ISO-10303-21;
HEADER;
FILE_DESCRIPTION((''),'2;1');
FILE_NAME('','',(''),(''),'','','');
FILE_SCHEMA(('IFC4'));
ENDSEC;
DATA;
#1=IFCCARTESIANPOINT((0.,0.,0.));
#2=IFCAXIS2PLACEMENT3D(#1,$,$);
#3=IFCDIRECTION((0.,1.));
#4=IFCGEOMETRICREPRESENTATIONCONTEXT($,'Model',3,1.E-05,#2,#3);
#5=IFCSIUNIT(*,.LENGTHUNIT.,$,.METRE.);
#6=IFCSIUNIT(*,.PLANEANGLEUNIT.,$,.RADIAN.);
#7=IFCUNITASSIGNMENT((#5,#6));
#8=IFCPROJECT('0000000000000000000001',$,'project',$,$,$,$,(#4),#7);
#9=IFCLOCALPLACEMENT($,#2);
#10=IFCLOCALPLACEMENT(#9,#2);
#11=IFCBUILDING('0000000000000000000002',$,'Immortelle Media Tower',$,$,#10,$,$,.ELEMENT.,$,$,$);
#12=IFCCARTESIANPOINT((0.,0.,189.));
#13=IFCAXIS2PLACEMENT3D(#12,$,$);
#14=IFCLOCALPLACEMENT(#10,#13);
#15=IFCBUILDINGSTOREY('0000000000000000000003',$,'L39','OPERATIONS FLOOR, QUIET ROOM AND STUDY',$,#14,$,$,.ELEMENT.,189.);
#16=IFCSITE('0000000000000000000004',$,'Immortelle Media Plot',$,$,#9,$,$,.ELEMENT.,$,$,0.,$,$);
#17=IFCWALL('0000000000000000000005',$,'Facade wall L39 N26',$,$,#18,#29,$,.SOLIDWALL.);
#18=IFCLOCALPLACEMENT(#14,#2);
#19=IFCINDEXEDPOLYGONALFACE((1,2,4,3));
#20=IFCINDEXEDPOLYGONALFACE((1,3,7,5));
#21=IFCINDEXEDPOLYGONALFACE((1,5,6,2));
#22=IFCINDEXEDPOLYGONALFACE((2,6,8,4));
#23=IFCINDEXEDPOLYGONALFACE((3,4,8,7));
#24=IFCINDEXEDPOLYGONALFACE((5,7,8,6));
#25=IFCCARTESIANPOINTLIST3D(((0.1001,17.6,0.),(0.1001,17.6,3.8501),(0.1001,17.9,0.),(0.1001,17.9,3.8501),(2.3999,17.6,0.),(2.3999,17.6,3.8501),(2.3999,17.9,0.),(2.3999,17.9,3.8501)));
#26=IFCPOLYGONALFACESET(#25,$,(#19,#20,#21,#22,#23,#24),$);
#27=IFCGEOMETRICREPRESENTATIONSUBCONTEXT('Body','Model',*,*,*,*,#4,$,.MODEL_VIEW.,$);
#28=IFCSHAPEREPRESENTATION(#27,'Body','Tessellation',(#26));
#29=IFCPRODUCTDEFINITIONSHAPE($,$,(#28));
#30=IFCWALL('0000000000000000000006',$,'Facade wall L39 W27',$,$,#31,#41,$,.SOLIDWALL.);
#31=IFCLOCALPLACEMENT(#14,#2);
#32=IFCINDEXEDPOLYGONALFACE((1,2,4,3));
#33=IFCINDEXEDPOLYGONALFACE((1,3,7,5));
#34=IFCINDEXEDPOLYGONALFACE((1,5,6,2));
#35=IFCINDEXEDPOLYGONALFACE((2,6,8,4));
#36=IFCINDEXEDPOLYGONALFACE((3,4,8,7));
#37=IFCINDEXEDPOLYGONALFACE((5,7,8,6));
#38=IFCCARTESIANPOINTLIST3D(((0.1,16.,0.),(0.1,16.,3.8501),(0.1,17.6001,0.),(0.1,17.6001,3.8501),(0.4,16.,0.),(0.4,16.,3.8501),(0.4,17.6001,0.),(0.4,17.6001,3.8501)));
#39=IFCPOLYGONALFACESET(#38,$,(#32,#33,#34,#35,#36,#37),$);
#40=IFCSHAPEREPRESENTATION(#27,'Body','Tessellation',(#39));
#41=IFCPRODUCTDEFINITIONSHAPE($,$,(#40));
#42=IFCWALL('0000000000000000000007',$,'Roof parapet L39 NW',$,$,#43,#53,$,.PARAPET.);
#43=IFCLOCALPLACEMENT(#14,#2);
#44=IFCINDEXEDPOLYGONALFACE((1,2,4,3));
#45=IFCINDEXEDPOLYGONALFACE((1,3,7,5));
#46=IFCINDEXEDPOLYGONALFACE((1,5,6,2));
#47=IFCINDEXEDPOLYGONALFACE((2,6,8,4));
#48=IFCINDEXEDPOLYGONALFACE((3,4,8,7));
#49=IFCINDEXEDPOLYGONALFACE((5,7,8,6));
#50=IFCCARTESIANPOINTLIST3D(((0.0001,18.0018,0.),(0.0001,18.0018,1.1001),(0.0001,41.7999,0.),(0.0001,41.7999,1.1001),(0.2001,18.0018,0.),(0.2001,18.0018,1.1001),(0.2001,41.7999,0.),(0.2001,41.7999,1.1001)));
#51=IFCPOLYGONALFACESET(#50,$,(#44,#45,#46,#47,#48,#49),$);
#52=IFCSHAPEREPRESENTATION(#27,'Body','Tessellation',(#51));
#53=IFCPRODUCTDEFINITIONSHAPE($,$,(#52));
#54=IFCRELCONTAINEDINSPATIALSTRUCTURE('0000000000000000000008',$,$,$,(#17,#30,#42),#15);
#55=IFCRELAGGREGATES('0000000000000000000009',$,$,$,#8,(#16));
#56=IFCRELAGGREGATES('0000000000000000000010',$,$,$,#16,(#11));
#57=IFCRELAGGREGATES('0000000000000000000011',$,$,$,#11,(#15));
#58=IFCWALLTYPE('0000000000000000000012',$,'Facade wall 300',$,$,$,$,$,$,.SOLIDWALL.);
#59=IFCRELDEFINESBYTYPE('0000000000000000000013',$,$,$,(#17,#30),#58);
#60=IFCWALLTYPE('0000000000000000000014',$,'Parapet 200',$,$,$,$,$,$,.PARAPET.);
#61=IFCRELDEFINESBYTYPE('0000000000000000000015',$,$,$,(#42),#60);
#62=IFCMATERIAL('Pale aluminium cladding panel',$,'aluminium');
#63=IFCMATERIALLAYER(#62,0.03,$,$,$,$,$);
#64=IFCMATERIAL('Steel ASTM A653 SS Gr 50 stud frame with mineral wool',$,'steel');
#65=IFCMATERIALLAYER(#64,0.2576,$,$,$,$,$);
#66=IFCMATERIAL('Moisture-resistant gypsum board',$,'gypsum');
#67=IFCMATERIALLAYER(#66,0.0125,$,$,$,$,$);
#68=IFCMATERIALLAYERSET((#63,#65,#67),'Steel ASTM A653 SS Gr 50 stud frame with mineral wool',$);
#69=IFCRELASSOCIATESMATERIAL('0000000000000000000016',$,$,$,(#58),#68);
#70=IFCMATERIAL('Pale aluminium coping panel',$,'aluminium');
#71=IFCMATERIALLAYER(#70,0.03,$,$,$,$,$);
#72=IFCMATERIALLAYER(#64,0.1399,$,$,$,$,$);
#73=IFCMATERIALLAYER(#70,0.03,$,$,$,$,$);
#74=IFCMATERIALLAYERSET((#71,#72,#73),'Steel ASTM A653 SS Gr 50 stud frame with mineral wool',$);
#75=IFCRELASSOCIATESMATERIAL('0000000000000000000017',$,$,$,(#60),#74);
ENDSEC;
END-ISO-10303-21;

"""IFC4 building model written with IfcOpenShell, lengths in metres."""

from ifc_helpers import new_model, si_unit, direction, frame, frame_2d, origin, place, context, subcontext, project, spatial, rectangle, extrude, material, layer, layer_set, type_object, element, save


model = new_model("IFC4")

# Units and contexts
model_context = context("Model", 3, precision=1e-05, world=origin(), true_north=direction((0.0, 1.0)))
body_context = subcontext(model_context, "Body", "Model", "MODEL_VIEW")
ifc_project = project(units=[si_unit("LENGTHUNIT", "METRE"), si_unit("PLANEANGLEUNIT", "RADIAN")], contexts=[model_context])

# Site, building, storey
site_placement = place(None, origin())
site = spatial("IfcSite", under=ifc_project, at=site_placement, Name="Immortelle Media Plot", CompositionType="ELEMENT", RefElevation=0.0)
building_placement = place(site_placement, origin())
building = spatial("IfcBuilding", under=site, at=building_placement, Name="Immortelle Media Tower", CompositionType="ELEMENT")
storey_placement = place(building_placement, frame((0.0, 0.0, 189.0)))
storey = spatial("IfcBuildingStorey", under=building, at=storey_placement, Name="L39", Description="OPERATIONS FLOOR, QUIET ROOM AND STUDY", CompositionType="ELEMENT", Elevation=189.0)

# Shared definitions
ifc_material_1 = material(Name="Steel ASTM A653 SS Gr 50 stud frame with mineral wool", Category="steel")

# Walls
ifc_material_2 = material(Name="Pale aluminium cladding panel", Category="aluminium")
ifc_layer_1 = layer(ifc_material_2, 0.03)
ifc_layer_2 = layer(ifc_material_1, 0.2576)
ifc_material_3 = material(Name="Moisture-resistant gypsum board", Category="gypsum")
ifc_layer_3 = layer(ifc_material_3, 0.0125)
ifc_layer_set_1 = layer_set([ifc_layer_1, ifc_layer_2, ifc_layer_3], Name="Steel ASTM A653 SS Gr 50 stud frame with mineral wool")
wall_type_1 = type_object("IfcWallType", Name="Facade wall 300", PredefinedType="SOLIDWALL", material=ifc_layer_set_1)
wall_1_placement = place(storey_placement, frame((2.3999, 17.75, 0.0), z_axis=(0.0, 0.0, 1.0), x_axis=(-1.0, 0.0, 0.0)))
element("IfcWall", 1, at=wall_1_placement, inside=storey, type_object=wall_type_1, Name="Facade wall L39 N26", PredefinedType="SOLIDWALL", context=body_context, shape_type="SweptSolid", body=[
    extrude(rectangle(XDim=2.2998, YDim=0.3, at=frame_2d((1.1499, 0.0))), origin(), (0.0, 0.0, 1.0), 3.8501),
])
wall_2_placement = place(storey_placement, frame((0.25, 17.6001, 0.0), z_axis=(0.0, 0.0, 1.0), x_axis=(0.0, -1.0, 0.0)))
element("IfcWall", 2, at=wall_2_placement, inside=storey, type_object=wall_type_1, Name="Facade wall L39 W27", PredefinedType="SOLIDWALL", context=body_context, shape_type="SweptSolid", body=[
    extrude(rectangle(XDim=1.6001, YDim=0.3, at=frame_2d((0.8, 0.0))), origin(), (0.0, 0.0, 1.0), 3.8501),
])
ifc_material_4 = material(Name="Pale aluminium coping panel", Category="aluminium")
ifc_layer_4 = layer(ifc_material_4, 0.03)
ifc_layer_5 = layer(ifc_material_1, 0.1399)
ifc_layer_6 = layer(ifc_material_4, 0.03)
ifc_layer_set_2 = layer_set([ifc_layer_4, ifc_layer_5, ifc_layer_6], Name="Steel ASTM A653 SS Gr 50 stud frame with mineral wool")
wall_type_2 = type_object("IfcWallType", Name="Parapet 200", PredefinedType="PARAPET", material=ifc_layer_set_2)
wall_3_placement = place(storey_placement, frame((0.1001, 18.002, 0.0), z_axis=(0.0, 0.0, 1.0), x_axis=(0.0, 1.0, 0.0)))
element("IfcWall", 3, at=wall_3_placement, inside=storey, type_object=wall_type_2, Name="Roof parapet L39 NW", PredefinedType="PARAPET", context=body_context, shape_type="SweptSolid", body=[
    extrude(rectangle(XDim=23.7981, YDim=0.2, at=frame_2d((11.8989, 0.0))), origin(), (0.0, 0.0, 1.0), 1.1001),
])

save(model, "model.ifc")
